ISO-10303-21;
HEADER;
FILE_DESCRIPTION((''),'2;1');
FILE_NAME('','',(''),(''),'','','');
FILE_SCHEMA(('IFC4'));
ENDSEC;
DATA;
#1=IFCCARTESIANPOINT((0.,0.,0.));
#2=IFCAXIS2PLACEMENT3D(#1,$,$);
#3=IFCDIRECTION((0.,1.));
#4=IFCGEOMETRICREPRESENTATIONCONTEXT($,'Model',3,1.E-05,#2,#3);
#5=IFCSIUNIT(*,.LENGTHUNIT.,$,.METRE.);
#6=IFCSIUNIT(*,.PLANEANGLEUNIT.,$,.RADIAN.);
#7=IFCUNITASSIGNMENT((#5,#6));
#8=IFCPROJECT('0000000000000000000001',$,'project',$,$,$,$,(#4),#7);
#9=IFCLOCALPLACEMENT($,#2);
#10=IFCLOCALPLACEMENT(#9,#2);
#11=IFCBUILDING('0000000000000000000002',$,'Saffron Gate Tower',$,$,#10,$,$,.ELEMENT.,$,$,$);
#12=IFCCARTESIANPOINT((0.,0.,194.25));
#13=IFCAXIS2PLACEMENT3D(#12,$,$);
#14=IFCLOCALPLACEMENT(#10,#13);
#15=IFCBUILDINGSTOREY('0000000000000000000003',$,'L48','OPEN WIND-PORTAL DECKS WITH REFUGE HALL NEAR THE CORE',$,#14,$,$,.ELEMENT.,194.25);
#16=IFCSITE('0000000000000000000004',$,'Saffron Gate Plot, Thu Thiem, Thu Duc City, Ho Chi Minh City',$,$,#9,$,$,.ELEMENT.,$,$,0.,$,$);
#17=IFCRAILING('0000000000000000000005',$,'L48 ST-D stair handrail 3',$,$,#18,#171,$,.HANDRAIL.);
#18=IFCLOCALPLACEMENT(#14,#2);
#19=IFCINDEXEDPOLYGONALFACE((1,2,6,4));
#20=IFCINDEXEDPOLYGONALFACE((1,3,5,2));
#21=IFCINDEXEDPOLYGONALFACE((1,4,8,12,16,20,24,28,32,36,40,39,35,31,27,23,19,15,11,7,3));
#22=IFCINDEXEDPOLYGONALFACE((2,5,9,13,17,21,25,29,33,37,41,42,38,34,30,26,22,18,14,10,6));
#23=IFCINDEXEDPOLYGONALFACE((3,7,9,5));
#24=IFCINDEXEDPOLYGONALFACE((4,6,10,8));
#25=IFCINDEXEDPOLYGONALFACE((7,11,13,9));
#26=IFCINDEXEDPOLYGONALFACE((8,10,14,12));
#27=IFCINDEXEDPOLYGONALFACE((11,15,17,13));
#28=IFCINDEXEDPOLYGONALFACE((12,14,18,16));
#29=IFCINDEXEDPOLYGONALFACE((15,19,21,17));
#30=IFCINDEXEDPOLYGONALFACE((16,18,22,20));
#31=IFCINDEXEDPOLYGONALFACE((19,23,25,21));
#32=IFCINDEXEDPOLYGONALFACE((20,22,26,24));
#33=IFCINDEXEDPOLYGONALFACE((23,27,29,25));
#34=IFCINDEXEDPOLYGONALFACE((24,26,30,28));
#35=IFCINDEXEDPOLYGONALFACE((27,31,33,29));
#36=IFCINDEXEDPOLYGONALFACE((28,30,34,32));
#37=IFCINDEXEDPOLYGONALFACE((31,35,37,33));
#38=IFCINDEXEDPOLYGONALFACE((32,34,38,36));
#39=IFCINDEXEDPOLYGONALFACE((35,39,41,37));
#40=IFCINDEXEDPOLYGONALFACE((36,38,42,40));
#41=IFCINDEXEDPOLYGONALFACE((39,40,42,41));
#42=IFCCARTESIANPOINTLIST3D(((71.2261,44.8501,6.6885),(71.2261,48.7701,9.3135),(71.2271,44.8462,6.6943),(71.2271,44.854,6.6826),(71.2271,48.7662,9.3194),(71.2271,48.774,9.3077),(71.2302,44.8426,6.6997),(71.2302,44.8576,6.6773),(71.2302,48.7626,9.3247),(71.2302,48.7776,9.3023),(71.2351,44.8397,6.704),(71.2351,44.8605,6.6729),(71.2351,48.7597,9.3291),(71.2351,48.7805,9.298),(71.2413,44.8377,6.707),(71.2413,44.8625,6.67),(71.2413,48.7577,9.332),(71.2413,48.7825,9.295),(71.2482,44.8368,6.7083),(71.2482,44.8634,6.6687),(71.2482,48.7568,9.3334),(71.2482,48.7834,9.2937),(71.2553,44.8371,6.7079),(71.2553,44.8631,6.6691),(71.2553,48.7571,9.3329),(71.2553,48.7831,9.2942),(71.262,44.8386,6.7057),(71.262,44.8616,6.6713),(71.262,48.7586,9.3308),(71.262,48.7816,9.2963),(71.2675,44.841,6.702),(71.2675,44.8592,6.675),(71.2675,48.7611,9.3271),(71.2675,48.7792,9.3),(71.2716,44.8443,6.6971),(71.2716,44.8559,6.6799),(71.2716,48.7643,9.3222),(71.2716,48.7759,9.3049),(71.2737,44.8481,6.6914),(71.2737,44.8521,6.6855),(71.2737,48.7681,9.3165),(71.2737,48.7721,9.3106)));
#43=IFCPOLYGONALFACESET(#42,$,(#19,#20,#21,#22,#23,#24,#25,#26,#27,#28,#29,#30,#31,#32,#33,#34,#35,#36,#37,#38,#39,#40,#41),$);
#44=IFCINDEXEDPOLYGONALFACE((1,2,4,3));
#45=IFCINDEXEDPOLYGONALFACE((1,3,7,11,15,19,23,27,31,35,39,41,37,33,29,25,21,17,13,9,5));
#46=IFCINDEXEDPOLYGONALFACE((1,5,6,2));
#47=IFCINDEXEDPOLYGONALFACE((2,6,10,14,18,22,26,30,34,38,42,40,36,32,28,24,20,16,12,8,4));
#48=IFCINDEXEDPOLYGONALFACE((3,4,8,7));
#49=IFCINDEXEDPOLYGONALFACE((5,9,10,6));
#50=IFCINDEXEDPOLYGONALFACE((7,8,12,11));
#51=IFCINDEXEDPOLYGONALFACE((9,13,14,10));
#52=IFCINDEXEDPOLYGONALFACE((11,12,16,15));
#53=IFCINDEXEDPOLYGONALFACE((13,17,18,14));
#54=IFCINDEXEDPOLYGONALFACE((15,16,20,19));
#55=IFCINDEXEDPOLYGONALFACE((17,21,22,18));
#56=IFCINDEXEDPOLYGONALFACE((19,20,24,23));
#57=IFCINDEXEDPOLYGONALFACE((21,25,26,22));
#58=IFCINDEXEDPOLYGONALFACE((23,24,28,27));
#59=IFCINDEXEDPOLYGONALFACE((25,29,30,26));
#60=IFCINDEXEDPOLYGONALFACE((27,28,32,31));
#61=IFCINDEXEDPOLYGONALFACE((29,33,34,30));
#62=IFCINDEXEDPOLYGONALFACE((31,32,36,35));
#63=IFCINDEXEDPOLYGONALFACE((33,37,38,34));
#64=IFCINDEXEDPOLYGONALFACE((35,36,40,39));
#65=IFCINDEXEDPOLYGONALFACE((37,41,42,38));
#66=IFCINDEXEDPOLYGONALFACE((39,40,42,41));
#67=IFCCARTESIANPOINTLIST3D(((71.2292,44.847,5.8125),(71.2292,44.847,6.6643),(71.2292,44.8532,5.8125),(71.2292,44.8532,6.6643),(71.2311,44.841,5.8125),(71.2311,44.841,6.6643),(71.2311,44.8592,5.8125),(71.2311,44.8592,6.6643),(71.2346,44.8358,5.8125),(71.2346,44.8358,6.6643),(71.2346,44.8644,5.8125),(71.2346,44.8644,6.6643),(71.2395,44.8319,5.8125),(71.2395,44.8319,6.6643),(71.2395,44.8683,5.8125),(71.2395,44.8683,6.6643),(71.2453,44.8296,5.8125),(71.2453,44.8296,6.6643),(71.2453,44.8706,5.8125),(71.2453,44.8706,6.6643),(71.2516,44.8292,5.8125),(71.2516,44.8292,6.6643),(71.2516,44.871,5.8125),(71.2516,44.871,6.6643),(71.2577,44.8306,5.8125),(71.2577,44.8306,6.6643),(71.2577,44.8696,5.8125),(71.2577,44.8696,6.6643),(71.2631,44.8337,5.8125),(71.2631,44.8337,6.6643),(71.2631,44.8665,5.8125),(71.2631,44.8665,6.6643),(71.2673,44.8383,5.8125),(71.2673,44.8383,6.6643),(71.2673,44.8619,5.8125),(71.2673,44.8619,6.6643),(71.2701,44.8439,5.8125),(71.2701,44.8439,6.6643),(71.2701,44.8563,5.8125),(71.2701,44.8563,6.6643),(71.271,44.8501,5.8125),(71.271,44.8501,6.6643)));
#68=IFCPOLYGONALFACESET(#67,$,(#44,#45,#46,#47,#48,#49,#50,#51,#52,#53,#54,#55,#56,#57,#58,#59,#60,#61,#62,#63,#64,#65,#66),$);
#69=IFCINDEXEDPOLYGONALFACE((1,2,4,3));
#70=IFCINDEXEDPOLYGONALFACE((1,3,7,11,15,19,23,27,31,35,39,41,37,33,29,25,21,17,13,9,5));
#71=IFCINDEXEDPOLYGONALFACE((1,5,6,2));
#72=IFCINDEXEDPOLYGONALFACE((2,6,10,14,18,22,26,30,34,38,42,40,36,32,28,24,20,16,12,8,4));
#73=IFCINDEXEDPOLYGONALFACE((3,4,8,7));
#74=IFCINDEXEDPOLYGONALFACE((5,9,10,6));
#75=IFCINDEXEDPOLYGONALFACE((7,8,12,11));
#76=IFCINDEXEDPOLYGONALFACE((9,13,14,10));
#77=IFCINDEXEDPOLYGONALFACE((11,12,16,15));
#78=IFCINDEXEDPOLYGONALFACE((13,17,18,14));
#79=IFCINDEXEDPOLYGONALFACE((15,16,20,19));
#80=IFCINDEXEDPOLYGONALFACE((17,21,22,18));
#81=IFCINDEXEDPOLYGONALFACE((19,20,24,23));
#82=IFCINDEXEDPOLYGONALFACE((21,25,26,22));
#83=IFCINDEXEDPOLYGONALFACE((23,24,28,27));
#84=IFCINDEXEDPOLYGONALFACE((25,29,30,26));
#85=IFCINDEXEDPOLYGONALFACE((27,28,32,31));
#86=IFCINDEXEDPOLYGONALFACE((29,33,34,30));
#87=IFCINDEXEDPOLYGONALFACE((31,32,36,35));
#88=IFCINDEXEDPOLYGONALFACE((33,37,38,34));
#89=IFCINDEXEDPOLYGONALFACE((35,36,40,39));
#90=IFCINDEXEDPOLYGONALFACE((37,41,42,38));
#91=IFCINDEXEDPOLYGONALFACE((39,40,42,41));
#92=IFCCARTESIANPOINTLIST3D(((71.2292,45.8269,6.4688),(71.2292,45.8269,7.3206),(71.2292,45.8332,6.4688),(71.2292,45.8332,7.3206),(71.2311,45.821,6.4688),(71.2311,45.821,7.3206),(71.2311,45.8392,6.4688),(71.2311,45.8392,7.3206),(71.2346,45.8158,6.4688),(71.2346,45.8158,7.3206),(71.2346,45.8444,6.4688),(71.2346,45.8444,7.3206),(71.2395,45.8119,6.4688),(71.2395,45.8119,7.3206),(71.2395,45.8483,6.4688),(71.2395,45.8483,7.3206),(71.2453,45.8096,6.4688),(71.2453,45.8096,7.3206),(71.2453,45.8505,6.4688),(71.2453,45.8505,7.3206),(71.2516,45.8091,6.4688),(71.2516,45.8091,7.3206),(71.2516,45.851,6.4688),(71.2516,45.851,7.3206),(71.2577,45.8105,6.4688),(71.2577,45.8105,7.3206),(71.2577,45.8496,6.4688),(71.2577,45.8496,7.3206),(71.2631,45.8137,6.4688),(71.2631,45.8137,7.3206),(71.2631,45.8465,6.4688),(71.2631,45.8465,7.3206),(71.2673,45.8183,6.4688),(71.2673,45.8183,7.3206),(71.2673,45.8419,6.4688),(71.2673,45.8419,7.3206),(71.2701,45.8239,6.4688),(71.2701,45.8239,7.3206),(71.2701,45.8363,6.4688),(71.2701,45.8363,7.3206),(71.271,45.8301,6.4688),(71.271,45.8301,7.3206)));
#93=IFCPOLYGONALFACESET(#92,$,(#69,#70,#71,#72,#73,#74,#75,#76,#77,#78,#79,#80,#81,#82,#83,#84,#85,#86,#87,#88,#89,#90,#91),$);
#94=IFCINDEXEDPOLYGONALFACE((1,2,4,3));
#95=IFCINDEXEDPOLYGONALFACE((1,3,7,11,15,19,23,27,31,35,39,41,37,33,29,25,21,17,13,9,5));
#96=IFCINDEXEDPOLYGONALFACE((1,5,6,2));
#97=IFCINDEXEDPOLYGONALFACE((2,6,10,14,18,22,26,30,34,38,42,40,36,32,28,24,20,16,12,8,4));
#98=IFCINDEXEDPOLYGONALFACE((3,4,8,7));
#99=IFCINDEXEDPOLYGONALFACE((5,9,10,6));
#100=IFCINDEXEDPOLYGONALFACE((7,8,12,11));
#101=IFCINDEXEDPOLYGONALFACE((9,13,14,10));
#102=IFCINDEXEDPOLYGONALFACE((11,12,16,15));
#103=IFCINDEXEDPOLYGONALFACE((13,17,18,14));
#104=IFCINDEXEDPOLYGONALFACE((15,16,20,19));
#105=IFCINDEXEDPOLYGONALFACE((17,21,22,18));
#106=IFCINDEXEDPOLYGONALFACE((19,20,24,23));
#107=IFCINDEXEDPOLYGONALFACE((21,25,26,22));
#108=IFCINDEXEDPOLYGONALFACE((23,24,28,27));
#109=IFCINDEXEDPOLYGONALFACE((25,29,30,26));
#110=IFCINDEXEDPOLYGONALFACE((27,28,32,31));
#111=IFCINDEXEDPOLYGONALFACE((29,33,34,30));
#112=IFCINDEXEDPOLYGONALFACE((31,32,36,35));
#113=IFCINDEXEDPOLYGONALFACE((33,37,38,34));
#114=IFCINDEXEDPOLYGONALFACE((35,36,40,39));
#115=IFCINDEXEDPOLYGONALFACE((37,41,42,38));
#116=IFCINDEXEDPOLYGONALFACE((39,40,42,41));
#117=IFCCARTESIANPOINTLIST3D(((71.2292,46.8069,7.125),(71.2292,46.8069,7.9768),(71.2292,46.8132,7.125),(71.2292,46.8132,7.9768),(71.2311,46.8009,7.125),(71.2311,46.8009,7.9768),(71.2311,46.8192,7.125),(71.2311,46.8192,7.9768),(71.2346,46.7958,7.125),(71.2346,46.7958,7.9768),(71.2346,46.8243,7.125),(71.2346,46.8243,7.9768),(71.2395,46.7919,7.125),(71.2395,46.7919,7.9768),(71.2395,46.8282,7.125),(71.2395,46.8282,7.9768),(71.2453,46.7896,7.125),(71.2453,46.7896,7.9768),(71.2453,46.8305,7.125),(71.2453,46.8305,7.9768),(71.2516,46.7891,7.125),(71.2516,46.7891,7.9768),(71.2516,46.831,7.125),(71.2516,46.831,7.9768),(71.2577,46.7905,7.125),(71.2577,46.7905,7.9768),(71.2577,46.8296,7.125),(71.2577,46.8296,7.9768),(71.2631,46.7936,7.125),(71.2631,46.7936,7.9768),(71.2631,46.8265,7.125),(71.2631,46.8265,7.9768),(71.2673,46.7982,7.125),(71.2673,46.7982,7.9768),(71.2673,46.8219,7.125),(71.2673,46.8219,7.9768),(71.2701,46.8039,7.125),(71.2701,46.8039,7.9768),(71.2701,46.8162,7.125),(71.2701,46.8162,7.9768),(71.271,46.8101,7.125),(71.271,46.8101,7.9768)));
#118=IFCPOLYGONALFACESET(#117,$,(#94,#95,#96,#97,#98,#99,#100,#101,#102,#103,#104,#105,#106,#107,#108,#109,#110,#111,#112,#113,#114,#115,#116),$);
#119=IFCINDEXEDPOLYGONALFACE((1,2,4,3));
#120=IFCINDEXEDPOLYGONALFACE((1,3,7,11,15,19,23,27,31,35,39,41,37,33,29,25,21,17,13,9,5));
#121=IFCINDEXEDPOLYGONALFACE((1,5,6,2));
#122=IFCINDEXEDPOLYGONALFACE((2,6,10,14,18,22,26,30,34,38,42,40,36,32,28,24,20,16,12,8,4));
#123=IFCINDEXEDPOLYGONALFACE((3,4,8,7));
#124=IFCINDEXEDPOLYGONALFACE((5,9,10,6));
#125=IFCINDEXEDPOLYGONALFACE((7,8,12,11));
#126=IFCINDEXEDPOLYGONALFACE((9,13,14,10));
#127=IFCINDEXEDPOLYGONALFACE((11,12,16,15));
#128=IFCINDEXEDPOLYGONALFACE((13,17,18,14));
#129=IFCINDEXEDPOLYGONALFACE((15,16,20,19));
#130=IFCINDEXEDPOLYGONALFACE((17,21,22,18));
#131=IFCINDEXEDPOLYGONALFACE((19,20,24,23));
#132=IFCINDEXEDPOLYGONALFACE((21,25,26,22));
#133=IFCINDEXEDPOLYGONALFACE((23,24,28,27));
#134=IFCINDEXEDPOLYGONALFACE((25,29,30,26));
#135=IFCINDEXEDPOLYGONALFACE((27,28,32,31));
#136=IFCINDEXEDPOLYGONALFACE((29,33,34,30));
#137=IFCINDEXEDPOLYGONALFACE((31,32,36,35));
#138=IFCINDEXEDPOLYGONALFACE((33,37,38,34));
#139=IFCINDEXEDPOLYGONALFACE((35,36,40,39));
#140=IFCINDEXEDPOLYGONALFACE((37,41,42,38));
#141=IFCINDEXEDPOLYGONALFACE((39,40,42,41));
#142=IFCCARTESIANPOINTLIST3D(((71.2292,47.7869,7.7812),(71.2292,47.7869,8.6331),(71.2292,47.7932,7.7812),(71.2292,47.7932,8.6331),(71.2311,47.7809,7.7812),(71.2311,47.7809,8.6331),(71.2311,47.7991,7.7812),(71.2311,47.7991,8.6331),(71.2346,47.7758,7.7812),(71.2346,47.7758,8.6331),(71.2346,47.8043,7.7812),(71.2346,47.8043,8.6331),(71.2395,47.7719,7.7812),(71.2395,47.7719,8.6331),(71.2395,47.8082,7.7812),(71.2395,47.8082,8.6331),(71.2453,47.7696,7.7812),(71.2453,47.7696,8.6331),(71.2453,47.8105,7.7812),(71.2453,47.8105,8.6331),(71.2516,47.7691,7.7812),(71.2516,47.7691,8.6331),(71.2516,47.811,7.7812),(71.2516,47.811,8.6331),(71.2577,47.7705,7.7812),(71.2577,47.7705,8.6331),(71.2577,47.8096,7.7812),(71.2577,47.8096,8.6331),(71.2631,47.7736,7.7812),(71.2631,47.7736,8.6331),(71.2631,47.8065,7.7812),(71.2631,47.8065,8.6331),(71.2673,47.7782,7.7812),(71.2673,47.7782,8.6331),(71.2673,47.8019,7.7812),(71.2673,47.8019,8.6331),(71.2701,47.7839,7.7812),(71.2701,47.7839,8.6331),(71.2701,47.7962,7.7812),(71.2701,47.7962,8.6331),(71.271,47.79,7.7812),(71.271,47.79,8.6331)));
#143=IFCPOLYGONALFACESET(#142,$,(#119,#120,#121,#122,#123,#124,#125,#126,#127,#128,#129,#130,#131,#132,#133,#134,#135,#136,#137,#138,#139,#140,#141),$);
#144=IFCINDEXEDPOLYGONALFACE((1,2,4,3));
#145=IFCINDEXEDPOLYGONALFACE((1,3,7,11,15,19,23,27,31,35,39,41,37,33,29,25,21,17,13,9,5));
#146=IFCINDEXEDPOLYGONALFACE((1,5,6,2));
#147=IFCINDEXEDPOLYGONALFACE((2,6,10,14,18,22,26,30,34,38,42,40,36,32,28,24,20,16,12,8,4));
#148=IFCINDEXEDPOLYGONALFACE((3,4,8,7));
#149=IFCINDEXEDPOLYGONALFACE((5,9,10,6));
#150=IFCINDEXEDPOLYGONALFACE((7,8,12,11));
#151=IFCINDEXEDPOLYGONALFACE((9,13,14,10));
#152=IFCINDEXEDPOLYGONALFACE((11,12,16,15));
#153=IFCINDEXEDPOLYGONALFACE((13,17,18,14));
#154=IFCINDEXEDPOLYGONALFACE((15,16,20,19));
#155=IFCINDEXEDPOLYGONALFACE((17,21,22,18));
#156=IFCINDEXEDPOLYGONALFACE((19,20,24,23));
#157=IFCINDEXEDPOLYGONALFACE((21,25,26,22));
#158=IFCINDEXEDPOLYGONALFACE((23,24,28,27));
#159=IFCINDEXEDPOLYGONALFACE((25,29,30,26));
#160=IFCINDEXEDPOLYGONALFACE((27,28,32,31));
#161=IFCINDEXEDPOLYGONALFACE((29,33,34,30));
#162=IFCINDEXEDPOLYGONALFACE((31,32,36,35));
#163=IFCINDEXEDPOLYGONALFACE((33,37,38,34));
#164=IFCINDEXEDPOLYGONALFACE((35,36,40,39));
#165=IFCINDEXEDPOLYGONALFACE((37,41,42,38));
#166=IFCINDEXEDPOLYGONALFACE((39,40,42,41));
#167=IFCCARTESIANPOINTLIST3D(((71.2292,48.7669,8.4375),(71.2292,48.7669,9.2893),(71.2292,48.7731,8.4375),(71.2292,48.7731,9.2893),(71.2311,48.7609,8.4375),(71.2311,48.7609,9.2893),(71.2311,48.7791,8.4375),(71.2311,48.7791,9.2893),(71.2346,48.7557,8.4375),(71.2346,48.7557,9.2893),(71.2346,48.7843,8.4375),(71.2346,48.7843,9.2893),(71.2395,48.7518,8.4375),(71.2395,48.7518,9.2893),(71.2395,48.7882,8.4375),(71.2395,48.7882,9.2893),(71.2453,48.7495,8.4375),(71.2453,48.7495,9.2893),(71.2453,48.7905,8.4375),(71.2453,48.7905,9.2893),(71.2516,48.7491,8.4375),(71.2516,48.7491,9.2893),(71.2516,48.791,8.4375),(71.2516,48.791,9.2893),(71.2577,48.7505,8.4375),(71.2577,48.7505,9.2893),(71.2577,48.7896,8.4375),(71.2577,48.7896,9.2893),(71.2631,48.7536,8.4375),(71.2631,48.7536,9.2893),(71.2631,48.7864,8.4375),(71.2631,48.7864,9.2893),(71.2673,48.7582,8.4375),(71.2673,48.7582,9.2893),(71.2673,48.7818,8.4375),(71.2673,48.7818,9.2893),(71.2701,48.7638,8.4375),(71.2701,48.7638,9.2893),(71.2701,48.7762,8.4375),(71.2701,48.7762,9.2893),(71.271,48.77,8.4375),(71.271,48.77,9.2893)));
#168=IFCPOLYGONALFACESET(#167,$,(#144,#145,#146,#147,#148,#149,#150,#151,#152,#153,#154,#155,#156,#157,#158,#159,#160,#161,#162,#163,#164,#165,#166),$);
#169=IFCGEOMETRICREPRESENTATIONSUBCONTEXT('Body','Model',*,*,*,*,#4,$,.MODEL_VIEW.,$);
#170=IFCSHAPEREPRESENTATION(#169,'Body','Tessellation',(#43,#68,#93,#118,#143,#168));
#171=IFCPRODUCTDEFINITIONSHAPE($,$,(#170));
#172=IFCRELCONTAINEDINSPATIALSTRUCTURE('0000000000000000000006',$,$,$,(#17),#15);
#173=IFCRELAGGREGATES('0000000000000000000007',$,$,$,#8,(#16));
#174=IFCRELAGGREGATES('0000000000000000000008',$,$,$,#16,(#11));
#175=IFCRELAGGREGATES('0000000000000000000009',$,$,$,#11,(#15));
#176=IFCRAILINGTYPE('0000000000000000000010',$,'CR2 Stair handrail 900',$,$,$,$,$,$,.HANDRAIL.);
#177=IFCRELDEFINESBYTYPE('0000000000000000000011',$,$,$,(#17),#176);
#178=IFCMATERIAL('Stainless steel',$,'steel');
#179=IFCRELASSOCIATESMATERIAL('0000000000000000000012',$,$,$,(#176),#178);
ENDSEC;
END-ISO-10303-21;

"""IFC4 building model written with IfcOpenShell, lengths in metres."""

from ifc_helpers import new_model, si_unit, direction, frame, origin, origin_2d, place, context, subcontext, project, spatial, circle, extrude, material, type_object, element, save


model = new_model("IFC4")

# Units and contexts
model_context = context("Model", 3, precision=1e-05, world=origin(), true_north=direction((0.0, 1.0)))
body_context = subcontext(model_context, "Body", "Model", "MODEL_VIEW")
ifc_project = project(units=[si_unit("LENGTHUNIT", "METRE"), si_unit("PLANEANGLEUNIT", "RADIAN")], contexts=[model_context])

# Site, building, storey
site_placement = place(None, origin())
site = spatial("IfcSite", under=ifc_project, at=site_placement, Name="Saffron Gate Plot, Thu Thiem, Thu Duc City, Ho Chi Minh City", CompositionType="ELEMENT", RefElevation=0.0)
building_placement = place(site_placement, origin())
building = spatial("IfcBuilding", under=site, at=building_placement, Name="Saffron Gate Tower", CompositionType="ELEMENT")
storey_placement = place(building_placement, frame((0.0, 0.0, 194.25)))
storey = spatial("IfcBuildingStorey", under=building, at=storey_placement, Name="L48", Description="OPEN WIND-PORTAL DECKS WITH REFUGE HALL NEAR THE CORE", CompositionType="ELEMENT", Elevation=194.25)

# Railing
ifc_material_1 = material(Name="Stainless steel", Category="steel")
railing_type_1 = type_object("IfcRailingType", Name="CR2 Stair handrail 900", PredefinedType="HANDRAIL", material=ifc_material_1)
railing_1_placement = place(storey_placement, frame((71.25, 44.8501, 5.8125)))
element("IfcRailing", 1, at=railing_1_placement, inside=storey, type_object=railing_type_1, Name="L48 ST-D stair handrail 3", PredefinedType="HANDRAIL", context=body_context, shape_type="SweptSolid", body=[
    extrude(circle(Radius=0.0239, at=origin_2d()), frame((0.0, 0.0, 0.876), z_axis=(0.0, 0.830902, 0.556419), x_axis=(-1.0, 0.0, 0.0)), (0.0, 0.0, 1.0), 4.7178),
    extrude(circle(Radius=0.021, at=origin_2d()), origin(), (0.0, 0.0, 1.0), 0.8518),
    extrude(circle(Radius=0.021, at=origin_2d()), frame((0.0, 0.98, 0.6562)), (0.0, 0.0, 1.0), 0.8518),
    extrude(circle(Radius=0.021, at=origin_2d()), frame((0.0, 1.96, 1.3125)), (0.0, 0.0, 1.0), 0.8518),
    extrude(circle(Radius=0.021, at=origin_2d()), frame((0.0, 2.9399, 1.9688)), (0.0, 0.0, 1.0), 0.8518),
    extrude(circle(Radius=0.021, at=origin_2d()), frame((0.0, 3.9199, 2.625)), (0.0, 0.0, 1.0), 0.8518),
])

save(model, "model.ifc")
